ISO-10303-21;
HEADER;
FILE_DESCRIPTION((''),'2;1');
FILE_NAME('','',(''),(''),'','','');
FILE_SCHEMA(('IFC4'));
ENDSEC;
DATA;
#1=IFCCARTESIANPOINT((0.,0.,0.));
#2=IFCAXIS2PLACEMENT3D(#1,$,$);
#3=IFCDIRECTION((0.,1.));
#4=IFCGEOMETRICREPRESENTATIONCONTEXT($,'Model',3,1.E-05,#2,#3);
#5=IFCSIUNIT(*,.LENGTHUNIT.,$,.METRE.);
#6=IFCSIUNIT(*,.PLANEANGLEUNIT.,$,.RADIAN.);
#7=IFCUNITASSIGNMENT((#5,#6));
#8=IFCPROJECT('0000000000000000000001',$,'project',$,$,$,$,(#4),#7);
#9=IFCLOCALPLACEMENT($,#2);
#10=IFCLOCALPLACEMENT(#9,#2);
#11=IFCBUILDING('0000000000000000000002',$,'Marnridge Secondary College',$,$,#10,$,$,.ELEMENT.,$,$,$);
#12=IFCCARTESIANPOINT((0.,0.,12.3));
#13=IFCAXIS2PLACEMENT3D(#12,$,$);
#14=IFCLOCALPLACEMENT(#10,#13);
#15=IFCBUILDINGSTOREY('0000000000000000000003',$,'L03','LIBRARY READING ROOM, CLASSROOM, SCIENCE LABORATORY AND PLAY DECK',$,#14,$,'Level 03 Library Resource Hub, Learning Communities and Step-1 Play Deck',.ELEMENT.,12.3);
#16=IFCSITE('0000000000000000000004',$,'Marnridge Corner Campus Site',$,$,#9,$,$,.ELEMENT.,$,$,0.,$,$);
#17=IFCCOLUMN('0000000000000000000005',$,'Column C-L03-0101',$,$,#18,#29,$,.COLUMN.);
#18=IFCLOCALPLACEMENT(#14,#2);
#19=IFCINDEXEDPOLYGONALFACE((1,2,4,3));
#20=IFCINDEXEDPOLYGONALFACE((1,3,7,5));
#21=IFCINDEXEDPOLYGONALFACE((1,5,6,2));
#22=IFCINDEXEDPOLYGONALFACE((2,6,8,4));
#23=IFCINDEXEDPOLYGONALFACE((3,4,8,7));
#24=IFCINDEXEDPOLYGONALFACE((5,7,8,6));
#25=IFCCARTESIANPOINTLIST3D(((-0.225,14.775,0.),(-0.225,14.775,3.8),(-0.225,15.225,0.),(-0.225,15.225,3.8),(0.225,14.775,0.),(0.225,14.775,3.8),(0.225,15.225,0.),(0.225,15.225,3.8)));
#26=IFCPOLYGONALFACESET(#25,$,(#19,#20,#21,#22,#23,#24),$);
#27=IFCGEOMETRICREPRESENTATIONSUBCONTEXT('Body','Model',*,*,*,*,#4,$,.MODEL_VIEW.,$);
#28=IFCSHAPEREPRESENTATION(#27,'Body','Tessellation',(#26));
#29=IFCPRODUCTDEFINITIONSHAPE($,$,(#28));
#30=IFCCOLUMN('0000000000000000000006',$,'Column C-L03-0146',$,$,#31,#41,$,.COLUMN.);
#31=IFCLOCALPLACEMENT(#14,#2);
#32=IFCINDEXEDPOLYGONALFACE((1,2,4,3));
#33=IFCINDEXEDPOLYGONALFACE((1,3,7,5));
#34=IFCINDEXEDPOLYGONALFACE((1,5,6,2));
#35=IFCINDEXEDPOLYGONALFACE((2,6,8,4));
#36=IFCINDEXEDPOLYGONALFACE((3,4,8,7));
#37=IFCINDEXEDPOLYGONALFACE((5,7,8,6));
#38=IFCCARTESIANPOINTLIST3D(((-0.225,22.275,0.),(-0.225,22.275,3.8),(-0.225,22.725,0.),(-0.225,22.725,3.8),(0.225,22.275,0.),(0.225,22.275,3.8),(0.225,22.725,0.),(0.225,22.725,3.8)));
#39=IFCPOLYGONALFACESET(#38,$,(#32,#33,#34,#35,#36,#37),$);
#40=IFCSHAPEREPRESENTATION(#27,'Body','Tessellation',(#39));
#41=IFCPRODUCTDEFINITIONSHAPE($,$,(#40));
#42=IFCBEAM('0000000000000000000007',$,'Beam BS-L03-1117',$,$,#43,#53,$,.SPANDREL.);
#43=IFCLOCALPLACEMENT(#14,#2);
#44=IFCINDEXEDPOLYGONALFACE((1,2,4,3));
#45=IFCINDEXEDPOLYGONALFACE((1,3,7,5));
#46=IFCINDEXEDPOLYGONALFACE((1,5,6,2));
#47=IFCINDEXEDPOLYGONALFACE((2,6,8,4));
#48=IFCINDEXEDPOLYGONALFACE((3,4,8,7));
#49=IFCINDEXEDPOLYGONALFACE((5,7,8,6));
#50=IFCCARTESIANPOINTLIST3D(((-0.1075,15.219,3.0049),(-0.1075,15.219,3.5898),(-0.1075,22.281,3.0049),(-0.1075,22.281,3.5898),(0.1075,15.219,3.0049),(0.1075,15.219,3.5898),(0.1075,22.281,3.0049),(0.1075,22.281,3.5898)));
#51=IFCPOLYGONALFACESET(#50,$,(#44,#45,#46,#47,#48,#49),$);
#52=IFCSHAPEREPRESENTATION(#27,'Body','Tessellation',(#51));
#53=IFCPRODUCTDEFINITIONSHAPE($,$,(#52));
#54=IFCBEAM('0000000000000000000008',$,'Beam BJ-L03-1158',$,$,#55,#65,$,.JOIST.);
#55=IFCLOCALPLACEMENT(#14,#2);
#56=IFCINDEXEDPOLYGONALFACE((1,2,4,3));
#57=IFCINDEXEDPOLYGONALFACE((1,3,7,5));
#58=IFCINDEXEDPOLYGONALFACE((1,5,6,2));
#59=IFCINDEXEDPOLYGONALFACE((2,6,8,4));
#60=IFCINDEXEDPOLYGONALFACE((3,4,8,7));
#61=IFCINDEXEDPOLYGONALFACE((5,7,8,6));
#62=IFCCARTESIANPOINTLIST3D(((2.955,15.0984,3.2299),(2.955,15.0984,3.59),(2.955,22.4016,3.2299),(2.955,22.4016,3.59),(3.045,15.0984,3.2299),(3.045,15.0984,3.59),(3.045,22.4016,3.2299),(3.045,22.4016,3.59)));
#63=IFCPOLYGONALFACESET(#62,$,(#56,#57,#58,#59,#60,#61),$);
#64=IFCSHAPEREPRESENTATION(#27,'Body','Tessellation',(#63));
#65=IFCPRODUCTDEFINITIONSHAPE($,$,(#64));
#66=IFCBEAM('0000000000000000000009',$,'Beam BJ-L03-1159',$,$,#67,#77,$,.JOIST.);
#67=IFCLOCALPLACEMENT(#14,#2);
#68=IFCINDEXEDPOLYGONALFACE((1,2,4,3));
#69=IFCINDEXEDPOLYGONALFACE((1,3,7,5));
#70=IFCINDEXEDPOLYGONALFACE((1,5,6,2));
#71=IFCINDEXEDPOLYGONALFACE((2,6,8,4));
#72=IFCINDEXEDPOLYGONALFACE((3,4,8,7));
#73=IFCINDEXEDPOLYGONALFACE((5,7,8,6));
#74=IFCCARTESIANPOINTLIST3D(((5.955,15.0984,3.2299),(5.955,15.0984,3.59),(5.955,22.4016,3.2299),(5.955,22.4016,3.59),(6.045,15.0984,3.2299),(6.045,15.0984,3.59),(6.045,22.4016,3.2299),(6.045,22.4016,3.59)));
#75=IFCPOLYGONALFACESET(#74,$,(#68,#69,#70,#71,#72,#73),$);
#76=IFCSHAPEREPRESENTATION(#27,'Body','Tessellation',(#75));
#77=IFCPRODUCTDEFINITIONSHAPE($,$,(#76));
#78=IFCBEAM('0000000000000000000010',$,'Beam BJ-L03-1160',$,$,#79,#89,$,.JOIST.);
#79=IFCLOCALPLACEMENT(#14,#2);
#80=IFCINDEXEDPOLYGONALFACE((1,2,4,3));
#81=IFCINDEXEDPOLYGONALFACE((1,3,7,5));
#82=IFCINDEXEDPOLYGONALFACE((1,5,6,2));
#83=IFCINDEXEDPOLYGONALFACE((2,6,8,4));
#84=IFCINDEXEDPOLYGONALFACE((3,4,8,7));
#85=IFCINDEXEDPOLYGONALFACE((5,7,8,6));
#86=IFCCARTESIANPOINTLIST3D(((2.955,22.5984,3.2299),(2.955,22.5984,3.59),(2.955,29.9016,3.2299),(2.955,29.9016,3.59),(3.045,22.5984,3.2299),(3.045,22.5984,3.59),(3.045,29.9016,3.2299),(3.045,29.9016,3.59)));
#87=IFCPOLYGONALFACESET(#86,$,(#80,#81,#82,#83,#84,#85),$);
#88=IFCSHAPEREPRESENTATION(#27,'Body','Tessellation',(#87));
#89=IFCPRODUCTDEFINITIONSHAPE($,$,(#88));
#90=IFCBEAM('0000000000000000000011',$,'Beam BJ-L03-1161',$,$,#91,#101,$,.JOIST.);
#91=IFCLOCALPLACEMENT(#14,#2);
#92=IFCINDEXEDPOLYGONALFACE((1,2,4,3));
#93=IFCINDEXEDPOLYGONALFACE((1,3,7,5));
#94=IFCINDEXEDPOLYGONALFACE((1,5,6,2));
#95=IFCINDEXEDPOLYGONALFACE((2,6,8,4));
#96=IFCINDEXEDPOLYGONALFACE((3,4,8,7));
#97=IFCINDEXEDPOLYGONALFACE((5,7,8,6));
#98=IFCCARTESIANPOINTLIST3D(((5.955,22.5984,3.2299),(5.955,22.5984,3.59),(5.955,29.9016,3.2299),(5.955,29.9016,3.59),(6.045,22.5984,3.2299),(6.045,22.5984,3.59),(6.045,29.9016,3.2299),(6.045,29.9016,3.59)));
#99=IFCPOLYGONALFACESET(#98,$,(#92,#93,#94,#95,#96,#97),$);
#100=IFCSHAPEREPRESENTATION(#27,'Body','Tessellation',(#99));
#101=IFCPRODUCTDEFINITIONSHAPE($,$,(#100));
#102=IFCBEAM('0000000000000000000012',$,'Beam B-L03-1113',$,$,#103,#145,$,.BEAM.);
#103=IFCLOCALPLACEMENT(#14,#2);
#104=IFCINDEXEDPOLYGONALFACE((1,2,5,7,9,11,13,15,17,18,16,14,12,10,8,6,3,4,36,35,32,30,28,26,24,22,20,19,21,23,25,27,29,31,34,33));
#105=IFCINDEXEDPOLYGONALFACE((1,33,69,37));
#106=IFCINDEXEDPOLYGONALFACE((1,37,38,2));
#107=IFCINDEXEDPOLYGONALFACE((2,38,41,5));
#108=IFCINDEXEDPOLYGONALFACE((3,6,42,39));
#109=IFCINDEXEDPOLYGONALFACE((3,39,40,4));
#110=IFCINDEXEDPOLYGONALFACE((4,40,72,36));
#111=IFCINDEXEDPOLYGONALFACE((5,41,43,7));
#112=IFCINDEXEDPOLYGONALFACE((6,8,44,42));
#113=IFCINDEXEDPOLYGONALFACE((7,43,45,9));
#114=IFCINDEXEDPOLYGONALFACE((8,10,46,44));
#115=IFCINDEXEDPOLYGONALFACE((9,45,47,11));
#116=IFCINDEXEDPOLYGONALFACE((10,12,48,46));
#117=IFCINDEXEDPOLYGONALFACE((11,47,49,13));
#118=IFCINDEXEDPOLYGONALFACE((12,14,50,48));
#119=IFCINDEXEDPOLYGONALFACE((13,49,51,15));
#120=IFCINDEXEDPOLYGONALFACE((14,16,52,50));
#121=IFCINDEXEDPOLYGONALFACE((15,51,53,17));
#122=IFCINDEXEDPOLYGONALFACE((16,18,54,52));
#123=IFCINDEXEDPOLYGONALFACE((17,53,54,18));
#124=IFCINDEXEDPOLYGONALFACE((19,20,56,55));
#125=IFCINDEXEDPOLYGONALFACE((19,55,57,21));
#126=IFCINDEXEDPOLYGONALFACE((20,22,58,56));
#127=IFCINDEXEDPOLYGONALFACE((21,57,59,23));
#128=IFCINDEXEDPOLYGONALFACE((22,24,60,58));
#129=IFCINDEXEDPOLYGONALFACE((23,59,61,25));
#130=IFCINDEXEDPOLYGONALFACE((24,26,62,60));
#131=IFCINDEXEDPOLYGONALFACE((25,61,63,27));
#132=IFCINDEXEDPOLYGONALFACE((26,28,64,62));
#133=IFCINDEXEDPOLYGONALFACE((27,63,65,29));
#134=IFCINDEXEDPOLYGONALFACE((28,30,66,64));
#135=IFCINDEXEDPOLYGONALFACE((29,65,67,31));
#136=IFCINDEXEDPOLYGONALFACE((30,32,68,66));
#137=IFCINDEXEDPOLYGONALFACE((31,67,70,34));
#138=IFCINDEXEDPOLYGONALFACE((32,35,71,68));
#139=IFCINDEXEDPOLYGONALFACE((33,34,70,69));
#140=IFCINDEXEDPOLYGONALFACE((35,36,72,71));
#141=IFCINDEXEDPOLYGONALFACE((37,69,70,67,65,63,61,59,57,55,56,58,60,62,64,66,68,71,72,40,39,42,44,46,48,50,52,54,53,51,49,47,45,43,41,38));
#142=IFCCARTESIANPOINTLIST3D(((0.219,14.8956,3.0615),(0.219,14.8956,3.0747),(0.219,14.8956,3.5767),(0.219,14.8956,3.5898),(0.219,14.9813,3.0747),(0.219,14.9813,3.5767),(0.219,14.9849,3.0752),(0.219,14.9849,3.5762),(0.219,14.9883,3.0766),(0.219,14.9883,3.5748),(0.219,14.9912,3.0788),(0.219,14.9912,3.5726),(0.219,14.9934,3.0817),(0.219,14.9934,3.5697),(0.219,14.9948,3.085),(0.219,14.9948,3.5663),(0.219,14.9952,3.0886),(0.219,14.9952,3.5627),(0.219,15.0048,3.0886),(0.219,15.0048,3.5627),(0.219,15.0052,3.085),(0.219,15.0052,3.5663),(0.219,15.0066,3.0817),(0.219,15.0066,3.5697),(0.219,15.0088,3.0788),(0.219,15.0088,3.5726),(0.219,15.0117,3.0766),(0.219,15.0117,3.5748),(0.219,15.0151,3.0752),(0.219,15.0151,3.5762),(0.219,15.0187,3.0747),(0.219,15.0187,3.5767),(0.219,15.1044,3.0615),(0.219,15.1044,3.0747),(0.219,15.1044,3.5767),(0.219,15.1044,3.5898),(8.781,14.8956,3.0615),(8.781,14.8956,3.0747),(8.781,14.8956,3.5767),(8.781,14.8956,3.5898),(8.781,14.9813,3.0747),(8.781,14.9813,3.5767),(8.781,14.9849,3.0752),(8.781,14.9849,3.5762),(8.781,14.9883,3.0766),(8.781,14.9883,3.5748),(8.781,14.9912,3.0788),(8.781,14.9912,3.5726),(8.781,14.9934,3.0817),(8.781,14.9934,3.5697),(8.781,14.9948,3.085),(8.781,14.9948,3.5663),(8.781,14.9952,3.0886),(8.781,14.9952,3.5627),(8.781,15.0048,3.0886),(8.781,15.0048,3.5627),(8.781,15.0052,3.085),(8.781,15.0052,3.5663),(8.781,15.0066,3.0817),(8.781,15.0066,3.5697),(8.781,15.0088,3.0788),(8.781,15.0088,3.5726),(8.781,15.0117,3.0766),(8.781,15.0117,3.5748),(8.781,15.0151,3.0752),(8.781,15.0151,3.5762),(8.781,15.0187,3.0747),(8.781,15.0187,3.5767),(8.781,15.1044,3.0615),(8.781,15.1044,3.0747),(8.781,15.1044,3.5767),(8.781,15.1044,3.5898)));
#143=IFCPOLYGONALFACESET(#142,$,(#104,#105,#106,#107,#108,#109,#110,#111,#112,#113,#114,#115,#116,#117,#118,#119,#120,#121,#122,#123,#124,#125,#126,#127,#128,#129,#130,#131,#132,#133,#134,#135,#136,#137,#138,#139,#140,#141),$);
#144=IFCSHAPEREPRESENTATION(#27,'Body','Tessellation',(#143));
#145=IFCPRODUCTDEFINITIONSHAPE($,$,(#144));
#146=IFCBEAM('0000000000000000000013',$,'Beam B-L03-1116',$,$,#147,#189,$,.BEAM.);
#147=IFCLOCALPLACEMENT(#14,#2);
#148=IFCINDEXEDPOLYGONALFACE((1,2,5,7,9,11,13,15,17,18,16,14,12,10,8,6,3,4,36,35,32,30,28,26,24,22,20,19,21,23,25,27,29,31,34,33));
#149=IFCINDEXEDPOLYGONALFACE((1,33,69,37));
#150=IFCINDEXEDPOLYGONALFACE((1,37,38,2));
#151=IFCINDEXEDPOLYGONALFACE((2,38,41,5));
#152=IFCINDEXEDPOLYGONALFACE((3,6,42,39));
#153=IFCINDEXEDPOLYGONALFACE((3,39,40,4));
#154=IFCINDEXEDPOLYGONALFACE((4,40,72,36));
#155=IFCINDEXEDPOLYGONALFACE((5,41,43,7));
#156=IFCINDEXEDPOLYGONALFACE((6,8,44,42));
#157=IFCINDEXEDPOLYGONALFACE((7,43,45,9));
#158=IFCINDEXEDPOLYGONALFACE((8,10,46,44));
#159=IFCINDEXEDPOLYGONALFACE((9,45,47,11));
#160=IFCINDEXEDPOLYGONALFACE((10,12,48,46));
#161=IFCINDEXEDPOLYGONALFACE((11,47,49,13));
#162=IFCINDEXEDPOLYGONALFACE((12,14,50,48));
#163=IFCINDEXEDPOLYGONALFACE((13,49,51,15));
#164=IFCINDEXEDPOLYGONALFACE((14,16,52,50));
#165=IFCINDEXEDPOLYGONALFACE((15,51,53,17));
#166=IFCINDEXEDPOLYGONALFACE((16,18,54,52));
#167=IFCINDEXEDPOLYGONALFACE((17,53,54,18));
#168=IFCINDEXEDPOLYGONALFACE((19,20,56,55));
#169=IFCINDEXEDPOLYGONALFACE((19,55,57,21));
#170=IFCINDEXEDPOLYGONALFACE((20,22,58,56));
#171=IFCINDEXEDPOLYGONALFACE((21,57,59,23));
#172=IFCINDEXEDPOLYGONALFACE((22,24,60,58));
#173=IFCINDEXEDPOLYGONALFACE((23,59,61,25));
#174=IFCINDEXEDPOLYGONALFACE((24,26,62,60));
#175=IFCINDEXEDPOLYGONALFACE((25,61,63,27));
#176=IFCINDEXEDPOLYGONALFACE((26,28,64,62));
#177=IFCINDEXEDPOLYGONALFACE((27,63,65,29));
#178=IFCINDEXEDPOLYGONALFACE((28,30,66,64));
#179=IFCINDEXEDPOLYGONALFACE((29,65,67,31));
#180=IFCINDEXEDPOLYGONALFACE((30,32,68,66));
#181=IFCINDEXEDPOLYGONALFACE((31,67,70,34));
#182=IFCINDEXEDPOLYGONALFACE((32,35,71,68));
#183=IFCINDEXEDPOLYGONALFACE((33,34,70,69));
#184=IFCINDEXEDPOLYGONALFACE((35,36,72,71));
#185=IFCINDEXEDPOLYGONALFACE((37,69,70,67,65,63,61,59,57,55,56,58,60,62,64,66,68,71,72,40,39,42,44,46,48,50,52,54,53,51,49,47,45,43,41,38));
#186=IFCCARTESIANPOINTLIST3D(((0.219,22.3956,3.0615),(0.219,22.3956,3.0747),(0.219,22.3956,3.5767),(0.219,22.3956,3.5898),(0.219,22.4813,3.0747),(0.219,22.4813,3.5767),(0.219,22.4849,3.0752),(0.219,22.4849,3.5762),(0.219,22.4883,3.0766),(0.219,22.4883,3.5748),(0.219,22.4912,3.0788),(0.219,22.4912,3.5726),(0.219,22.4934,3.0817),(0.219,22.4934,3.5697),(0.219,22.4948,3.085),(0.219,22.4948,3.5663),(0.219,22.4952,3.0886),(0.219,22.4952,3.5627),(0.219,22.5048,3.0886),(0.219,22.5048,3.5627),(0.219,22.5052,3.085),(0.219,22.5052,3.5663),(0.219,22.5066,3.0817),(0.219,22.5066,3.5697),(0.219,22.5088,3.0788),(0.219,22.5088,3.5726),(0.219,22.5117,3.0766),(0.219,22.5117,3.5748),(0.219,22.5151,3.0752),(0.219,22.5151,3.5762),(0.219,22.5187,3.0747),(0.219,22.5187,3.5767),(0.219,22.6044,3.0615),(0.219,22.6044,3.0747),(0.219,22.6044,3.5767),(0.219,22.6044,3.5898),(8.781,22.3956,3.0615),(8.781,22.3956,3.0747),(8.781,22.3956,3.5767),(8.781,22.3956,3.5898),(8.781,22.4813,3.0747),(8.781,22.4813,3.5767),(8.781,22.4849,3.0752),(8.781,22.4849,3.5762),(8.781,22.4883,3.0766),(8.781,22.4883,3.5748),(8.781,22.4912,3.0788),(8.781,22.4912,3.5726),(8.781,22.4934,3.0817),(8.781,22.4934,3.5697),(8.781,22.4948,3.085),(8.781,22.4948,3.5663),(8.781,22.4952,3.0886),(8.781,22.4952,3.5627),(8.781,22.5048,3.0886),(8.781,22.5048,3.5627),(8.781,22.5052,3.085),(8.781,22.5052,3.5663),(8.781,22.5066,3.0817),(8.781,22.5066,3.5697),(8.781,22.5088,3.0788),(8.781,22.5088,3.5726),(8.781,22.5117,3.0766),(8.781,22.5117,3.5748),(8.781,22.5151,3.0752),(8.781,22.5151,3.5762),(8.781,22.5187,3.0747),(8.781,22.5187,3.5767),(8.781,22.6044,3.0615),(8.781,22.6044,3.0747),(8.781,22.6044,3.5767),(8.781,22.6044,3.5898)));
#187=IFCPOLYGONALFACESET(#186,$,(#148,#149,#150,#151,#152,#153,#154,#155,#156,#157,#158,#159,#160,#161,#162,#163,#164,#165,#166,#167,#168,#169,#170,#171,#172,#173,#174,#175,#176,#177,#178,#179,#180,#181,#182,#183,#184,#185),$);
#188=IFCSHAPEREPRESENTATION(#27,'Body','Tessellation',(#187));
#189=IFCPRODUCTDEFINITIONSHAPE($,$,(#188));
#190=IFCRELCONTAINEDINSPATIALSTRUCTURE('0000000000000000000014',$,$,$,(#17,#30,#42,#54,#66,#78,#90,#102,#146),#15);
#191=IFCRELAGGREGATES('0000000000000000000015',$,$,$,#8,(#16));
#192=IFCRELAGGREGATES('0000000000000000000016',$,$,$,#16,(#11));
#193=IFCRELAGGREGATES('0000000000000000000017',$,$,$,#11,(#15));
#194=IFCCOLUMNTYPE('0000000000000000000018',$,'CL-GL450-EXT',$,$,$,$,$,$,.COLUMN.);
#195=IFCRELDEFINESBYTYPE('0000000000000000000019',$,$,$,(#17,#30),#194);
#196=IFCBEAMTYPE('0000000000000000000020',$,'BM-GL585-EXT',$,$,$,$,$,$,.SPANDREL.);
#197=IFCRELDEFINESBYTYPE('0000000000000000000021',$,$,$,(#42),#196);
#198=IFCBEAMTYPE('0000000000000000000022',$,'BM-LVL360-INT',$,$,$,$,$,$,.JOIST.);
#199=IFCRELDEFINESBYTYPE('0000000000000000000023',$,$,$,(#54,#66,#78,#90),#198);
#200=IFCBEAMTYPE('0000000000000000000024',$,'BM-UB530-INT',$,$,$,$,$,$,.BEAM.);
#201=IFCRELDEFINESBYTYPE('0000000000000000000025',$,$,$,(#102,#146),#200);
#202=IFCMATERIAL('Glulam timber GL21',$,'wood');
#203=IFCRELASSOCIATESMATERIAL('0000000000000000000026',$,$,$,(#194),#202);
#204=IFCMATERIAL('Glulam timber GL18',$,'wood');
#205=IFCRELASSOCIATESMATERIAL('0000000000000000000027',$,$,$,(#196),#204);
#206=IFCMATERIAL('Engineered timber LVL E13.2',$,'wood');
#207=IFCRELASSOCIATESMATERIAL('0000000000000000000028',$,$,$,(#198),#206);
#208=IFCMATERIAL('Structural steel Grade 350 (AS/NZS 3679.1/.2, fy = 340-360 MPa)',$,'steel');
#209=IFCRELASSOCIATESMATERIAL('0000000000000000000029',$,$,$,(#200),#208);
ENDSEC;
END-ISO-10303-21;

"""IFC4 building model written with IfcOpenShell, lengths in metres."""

from ifc_helpers import new_model, si_unit, direction, frame, origin, origin_2d, place, context, subcontext, project, spatial, rectangle, i_section, extrude, material, material_profile, profile_set, type_object, element, save


model = new_model("IFC4")

# Units and contexts
model_context = context("Model", 3, precision=1e-05, world=origin(), true_north=direction((0.0, 1.0)))
body_context = subcontext(model_context, "Body", "Model", "MODEL_VIEW")
ifc_project = project(units=[si_unit("LENGTHUNIT", "METRE"), si_unit("PLANEANGLEUNIT", "RADIAN")], contexts=[model_context])

# Site, building, storey
site_placement = place(None, origin())
site = spatial("IfcSite", under=ifc_project, at=site_placement, Name="Marnridge Corner Campus Site", CompositionType="ELEMENT", RefElevation=0.0)
building_placement = place(site_placement, origin())
building = spatial("IfcBuilding", under=site, at=building_placement, Name="Marnridge Secondary College", CompositionType="ELEMENT")
storey_placement = place(building_placement, frame((0.0, 0.0, 12.3)))
storey = spatial("IfcBuildingStorey", under=building, at=storey_placement, Name="L03", Description="LIBRARY READING ROOM, CLASSROOM, SCIENCE LABORATORY AND PLAY DECK", LongName="Level 03 Library Resource Hub, Learning Communities and Step-1 Play Deck", CompositionType="ELEMENT", Elevation=12.3)

# Columns
ifc_material_1 = material(Name="Glulam timber GL21", Category="wood")
ifc_material_profile_1 = material_profile(ifc_material_1, rectangle(XDim=0.45, YDim=0.45, at=origin_2d()), Name="GL21 450x450")
ifc_profile_set_1 = profile_set([ifc_material_profile_1], Name="Glulam timber GL21")
column_type = type_object("IfcColumnType", Name="CL-GL450-EXT", PredefinedType="COLUMN", material=ifc_profile_set_1)
for number, where, z_axis, x_axis, name in (
    (1, (0.0, 15.0, 0.0), (0.0, 0.0, 1.0), (1.0, 0.0, 0.0), "Column C-L03-0101"),
    (2, (0.0, 22.5, 0.0), (0.0, 0.0, 1.0), (1.0, 0.0, 0.0), "Column C-L03-0146"),
):
    element("IfcColumn", number, at=place(storey_placement, frame(where, z_axis=z_axis, x_axis=x_axis)), inside=storey, type_object=column_type, Name=name, PredefinedType="COLUMN", context=body_context, shape_type="SweptSolid", body=[
        extrude(rectangle(XDim=0.45, YDim=0.45, at=origin_2d()), origin(), (0.0, 0.0, 1.0), 3.8),
    ])

# Beams
ifc_material_2 = material(Name="Glulam timber GL18", Category="wood")
ifc_material_profile_2 = material_profile(ifc_material_2, rectangle(XDim=0.2151, YDim=0.585, at=origin_2d()), Name="GL18 215x585")
ifc_profile_set_2 = profile_set([ifc_material_profile_2], Name="Glulam timber GL18")
beam_type_1 = type_object("IfcBeamType", Name="BM-GL585-EXT", PredefinedType="SPANDREL", material=ifc_profile_set_2)
beam_placement = place(storey_placement, frame((0.0, 15.219, 3.2974), z_axis=(0.0, 1.0, 0.0), x_axis=(-1.0, 0.0, 0.0)))
element("IfcBeam", 3, at=beam_placement, inside=storey, type_object=beam_type_1, Name="Beam BS-L03-1117", PredefinedType="SPANDREL", context=body_context, shape_type="SweptSolid", body=[
    extrude(rectangle(XDim=0.2151, YDim=0.585, at=origin_2d()), origin(), (0.0, 0.0, 1.0), 7.062),
])
ifc_material_3 = material(Name="Engineered timber LVL E13.2", Category="wood")
ifc_material_profile_3 = material_profile(ifc_material_3, rectangle(XDim=0.0901, YDim=0.3601, at=origin_2d()), Name="LVL 90x360")
ifc_profile_set_3 = profile_set([ifc_material_profile_3], Name="Engineered timber LVL E13.2")
beam_type_2 = type_object("IfcBeamType", Name="BM-LVL360-INT", PredefinedType="JOIST", material=ifc_profile_set_3)
for number, where, z_axis, x_axis, name in (
    (4, (3.0, 15.0984, 3.4099), (0.0, 1.0, 0.0), (-1.0, 0.0, 0.0), "Beam BJ-L03-1158"),
    (5, (6.0, 15.0984, 3.4099), (0.0, 1.0, 0.0), (-1.0, 0.0, 0.0), "Beam BJ-L03-1159"),
    (6, (3.0, 22.5984, 3.4099), (0.0, 1.0, 0.0), (-1.0, 0.0, 0.0), "Beam BJ-L03-1160"),
    (7, (6.0, 22.5984, 3.4099), (0.0, 1.0, 0.0), (-1.0, 0.0, 0.0), "Beam BJ-L03-1161"),
):
    element("IfcBeam", number, at=place(storey_placement, frame(where, z_axis=z_axis, x_axis=x_axis)), inside=storey, type_object=beam_type_2, Name=name, PredefinedType="JOIST", context=body_context, shape_type="SweptSolid", body=[
        extrude(rectangle(XDim=0.0901, YDim=0.3601, at=origin_2d()), origin(), (0.0, 0.0, 1.0), 7.3032),
    ])
ifc_material_4 = material(Name="Structural steel Grade 350 (AS/NZS 3679.1/.2, fy = 340-360 MPa)", Category="steel")
ifc_material_profile_4 = material_profile(ifc_material_4, i_section(OverallWidth=0.2087, OverallDepth=0.5283, WebThickness=0.0095, FlangeThickness=0.0132, FilletRadius=0.0139, at=origin_2d()), Name="530UB82.0")
ifc_profile_set_4 = profile_set([ifc_material_profile_4], Name="Structural steel Grade 350 (AS/NZS 3679.1/.2, fy = 340-360 MPa)")
beam_type_3 = type_object("IfcBeamType", Name="BM-UB530-INT", PredefinedType="BEAM", material=ifc_profile_set_4)
for number, where, z_axis, x_axis, name in (
    (8, (0.219, 15.0, 3.3257), (1.0, 0.0, 0.0), (0.0, 1.0, 0.0), "Beam B-L03-1113"),
    (9, (0.219, 22.5, 3.3257), (1.0, 0.0, 0.0), (0.0, 1.0, 0.0), "Beam B-L03-1116"),
):
    element("IfcBeam", number, at=place(storey_placement, frame(where, z_axis=z_axis, x_axis=x_axis)), inside=storey, type_object=beam_type_3, Name=name, PredefinedType="BEAM", context=body_context, shape_type="SweptSolid", body=[
        extrude(i_section(OverallWidth=0.2087, OverallDepth=0.5283, WebThickness=0.0095, FlangeThickness=0.0132, FilletRadius=0.0139, at=origin_2d()), origin(), (0.0, 0.0, 1.0), 8.562),
    ])

save(model, "model.ifc")
